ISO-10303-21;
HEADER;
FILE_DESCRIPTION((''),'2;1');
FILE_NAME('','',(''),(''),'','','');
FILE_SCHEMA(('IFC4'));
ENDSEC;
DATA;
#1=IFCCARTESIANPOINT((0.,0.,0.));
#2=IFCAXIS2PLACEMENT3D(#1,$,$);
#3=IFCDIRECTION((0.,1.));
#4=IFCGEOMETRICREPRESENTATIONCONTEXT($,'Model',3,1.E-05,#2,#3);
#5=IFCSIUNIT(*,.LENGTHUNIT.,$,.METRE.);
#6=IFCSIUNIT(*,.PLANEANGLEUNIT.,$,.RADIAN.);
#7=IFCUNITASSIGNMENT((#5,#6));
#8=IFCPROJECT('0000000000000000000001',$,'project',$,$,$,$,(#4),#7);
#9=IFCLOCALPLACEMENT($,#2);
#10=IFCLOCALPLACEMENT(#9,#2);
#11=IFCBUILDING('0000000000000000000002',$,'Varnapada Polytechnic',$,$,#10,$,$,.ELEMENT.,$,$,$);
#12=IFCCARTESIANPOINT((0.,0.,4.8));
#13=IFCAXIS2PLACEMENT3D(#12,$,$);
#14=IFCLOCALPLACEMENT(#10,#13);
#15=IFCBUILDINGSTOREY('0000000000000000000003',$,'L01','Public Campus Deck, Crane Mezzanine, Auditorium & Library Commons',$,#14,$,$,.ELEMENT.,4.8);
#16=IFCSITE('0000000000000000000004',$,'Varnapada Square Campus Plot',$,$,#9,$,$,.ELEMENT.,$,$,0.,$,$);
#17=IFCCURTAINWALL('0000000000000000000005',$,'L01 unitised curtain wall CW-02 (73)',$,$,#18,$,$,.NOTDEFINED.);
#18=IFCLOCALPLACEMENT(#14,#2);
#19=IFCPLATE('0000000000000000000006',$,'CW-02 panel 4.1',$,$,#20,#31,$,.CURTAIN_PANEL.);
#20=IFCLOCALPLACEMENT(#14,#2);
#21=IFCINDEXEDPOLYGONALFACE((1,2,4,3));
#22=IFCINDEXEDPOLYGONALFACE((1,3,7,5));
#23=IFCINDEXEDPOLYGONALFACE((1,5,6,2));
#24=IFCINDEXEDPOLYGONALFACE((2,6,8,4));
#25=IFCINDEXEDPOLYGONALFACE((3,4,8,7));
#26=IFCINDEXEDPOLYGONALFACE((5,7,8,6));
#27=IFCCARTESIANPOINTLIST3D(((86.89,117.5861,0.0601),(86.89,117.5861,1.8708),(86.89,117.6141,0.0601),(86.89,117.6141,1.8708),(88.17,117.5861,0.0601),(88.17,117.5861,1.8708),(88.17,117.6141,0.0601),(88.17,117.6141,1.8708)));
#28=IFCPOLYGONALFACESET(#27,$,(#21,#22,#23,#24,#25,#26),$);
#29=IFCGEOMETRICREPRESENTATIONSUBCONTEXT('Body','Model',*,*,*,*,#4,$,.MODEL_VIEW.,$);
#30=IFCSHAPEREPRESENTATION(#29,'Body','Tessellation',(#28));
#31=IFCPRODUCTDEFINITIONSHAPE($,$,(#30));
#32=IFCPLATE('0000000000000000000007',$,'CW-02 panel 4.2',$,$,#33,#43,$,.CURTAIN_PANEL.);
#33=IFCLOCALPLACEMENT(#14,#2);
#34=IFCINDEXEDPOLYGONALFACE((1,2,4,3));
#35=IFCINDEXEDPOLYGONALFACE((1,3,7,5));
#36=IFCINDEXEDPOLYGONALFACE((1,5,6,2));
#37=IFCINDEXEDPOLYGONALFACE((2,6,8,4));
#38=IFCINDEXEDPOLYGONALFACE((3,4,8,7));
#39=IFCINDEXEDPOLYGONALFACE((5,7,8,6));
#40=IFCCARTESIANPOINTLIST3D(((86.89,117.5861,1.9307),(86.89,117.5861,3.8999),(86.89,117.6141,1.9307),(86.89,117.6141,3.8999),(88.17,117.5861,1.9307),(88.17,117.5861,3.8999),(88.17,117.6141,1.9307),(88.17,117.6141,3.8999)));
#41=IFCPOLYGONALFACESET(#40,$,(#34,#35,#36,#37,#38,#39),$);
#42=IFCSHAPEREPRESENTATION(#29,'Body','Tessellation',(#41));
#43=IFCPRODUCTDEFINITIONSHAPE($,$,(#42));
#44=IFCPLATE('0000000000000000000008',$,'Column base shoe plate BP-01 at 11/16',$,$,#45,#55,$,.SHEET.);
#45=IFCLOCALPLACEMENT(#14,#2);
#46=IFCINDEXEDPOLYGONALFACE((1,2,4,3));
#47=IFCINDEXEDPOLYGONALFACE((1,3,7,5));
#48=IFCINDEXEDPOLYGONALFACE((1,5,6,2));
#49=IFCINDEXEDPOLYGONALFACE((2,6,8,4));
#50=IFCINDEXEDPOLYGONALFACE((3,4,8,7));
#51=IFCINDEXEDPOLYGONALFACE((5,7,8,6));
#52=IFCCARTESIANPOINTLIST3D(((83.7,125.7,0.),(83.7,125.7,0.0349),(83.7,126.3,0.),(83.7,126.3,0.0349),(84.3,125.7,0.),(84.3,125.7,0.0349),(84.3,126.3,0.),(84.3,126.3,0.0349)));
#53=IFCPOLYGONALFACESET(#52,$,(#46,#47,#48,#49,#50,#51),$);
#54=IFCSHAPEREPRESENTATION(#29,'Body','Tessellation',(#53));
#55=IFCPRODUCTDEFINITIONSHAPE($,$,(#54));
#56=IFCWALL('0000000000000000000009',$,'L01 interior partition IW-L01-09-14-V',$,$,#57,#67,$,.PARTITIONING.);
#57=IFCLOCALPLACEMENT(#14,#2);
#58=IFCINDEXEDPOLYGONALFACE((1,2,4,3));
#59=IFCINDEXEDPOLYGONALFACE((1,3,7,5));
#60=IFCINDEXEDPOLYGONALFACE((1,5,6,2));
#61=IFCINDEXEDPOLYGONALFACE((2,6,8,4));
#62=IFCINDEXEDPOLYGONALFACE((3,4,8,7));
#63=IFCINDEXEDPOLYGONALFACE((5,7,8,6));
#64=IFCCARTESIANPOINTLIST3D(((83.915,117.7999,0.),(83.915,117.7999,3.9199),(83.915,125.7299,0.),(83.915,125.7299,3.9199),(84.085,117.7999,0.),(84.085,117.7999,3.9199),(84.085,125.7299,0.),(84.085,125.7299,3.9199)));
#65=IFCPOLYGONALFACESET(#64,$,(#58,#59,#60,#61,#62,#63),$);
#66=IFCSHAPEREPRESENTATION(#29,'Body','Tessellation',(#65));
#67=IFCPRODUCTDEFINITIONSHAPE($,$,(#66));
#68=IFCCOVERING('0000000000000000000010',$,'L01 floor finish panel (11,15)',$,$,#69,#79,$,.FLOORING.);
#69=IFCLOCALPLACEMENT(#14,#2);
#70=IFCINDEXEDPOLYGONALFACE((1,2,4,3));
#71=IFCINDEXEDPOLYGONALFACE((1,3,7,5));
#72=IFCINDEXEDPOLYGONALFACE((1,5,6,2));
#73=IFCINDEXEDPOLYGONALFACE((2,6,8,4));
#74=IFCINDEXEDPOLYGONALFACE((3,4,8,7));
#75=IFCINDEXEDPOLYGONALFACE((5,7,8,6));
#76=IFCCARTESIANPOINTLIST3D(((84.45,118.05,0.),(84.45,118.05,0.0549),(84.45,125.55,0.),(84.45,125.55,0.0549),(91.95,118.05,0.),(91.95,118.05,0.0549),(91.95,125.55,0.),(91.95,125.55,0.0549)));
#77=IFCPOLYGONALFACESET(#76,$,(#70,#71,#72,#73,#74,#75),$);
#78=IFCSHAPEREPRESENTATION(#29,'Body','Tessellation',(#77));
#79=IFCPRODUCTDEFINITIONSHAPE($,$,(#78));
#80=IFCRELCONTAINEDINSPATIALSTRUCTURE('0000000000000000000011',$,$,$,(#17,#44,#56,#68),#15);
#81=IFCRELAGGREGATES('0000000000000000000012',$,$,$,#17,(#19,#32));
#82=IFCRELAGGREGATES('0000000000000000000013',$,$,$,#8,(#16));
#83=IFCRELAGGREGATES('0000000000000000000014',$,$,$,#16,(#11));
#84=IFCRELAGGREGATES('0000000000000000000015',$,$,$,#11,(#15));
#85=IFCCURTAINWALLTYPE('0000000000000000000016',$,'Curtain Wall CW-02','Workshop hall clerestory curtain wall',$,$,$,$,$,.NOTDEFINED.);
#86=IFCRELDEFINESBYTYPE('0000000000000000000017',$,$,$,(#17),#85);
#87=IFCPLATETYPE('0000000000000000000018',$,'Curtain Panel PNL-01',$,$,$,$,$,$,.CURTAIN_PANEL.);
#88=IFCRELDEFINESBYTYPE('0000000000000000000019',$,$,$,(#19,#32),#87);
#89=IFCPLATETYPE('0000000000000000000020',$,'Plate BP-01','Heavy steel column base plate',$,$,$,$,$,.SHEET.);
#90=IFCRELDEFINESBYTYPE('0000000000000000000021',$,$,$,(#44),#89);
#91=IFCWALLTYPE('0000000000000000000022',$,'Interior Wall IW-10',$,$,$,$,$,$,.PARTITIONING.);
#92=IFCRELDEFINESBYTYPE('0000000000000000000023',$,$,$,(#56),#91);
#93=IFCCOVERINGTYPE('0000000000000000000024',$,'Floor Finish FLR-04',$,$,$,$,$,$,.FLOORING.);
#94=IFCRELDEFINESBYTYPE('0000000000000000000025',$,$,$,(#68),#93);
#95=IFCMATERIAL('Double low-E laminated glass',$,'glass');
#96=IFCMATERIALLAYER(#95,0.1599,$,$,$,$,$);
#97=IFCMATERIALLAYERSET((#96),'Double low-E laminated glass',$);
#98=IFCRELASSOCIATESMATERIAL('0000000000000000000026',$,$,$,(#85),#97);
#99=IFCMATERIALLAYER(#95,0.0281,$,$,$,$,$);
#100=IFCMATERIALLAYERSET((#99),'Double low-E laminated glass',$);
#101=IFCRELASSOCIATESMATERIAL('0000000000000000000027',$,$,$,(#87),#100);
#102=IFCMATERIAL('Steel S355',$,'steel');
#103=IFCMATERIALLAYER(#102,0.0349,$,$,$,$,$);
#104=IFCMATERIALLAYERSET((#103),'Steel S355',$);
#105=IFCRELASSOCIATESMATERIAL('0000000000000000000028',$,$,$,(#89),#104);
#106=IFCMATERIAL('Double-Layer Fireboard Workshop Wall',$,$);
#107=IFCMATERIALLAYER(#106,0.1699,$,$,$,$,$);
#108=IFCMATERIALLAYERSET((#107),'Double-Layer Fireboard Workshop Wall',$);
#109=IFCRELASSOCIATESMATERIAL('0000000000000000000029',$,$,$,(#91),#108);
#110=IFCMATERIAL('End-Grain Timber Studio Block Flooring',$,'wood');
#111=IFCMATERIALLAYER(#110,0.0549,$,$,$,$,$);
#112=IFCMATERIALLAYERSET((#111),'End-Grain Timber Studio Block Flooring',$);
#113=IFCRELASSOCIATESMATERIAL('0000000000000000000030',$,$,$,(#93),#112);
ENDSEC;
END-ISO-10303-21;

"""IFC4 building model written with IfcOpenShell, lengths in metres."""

from ifc_helpers import new_model, si_unit, direction, frame, frame_2d, origin, origin_2d, place, context, subcontext, project, spatial, rectangle, extrude, material, layer, layer_set, type_object, element, aggregate, save


model = new_model("IFC4")

# Units and contexts
model_context = context("Model", 3, precision=1e-05, world=origin(), true_north=direction((0.0, 1.0)))
body_context = subcontext(model_context, "Body", "Model", "MODEL_VIEW")
ifc_project = project(units=[si_unit("LENGTHUNIT", "METRE"), si_unit("PLANEANGLEUNIT", "RADIAN")], contexts=[model_context])

# Site, building, storey
site_placement = place(None, origin())
site = spatial("IfcSite", under=ifc_project, at=site_placement, Name="Varnapada Square Campus Plot", CompositionType="ELEMENT", RefElevation=0.0)
building_placement = place(site_placement, origin())
building = spatial("IfcBuilding", under=site, at=building_placement, Name="Varnapada Polytechnic", CompositionType="ELEMENT")
storey_placement = place(building_placement, frame((0.0, 0.0, 4.8)))
storey = spatial("IfcBuildingStorey", under=building, at=storey_placement, Name="L01", Description="Public Campus Deck, Crane Mezzanine, Auditorium & Library Commons", CompositionType="ELEMENT", Elevation=4.8)

# Shared definitions
ifc_material_1 = material(Name="Steel S355", Category="steel")

# Shared definitions
ifc_material_2 = material(Name="Double low-E laminated glass", Category="glass")
ifc_layer_1 = layer(ifc_material_2, 0.1599)
ifc_layer_set_1 = layer_set([ifc_layer_1], Name="Double low-E laminated glass")
curtain_wall_type = type_object("IfcCurtainWallType", Name="Curtain Wall CW-02", Description="Workshop hall clerestory curtain wall", PredefinedType="NOTDEFINED", material=ifc_layer_set_1)

# Curtain wall
curtain_wall_1_placement = place(storey_placement, origin())
curtain_wall_1 = element("IfcCurtainWall", 1, at=curtain_wall_1_placement, inside=storey, type_object=curtain_wall_type, Name="L01 unitised curtain wall CW-02 (73)", PredefinedType="NOTDEFINED")

# Plates
ifc_layer_2 = layer(ifc_material_2, 0.0281)
ifc_layer_set_2 = layer_set([ifc_layer_2], Name="Double low-E laminated glass")
plate_type_1 = type_object("IfcPlateType", Name="Curtain Panel PNL-01", PredefinedType="CURTAIN_PANEL", material=ifc_layer_set_2)
plate_1_placement = place(storey_placement, frame((87.53, 117.6001, 0.0601), z_axis=(0.0, 0.0, 1.0), x_axis=(-1.0, 0.0, 0.0)))
plate_1 = element("IfcPlate", 2, at=plate_1_placement, type_object=plate_type_1, Name="CW-02 panel 4.1", PredefinedType="CURTAIN_PANEL", context=body_context, shape_type="SweptSolid", body=[
    extrude(rectangle(XDim=1.28, YDim=0.0281, at=origin_2d()), origin(), (0.0, 0.0, 1.0), 1.8108),
])
plate_2_placement = place(storey_placement, frame((87.53, 117.6001, 1.9307), z_axis=(0.0, 0.0, 1.0), x_axis=(-1.0, 0.0, 0.0)))
plate_2 = element("IfcPlate", 3, at=plate_2_placement, type_object=plate_type_1, Name="CW-02 panel 4.2", PredefinedType="CURTAIN_PANEL", context=body_context, shape_type="SweptSolid", body=[
    extrude(rectangle(XDim=1.28, YDim=0.0281, at=origin_2d()), origin(), (0.0, 0.0, 1.0), 1.9692),
])
aggregate(curtain_wall_1, [plate_1, plate_2])
ifc_layer_3 = layer(ifc_material_1, 0.0349)
ifc_layer_set_3 = layer_set([ifc_layer_3], Name="Steel S355")
plate_type_2 = type_object("IfcPlateType", Name="Plate BP-01", Description="Heavy steel column base plate", PredefinedType="SHEET", material=ifc_layer_set_3)
plate_3_placement = place(storey_placement, frame((84.0, 126.0, 0.0), z_axis=(0.0, 0.0, 1.0), x_axis=(1.0, 0.0, 0.0)))
element("IfcPlate", 4, at=plate_3_placement, inside=storey, type_object=plate_type_2, Name="Column base shoe plate BP-01 at 11/16", PredefinedType="SHEET", context=body_context, shape_type="SweptSolid", body=[
    extrude(rectangle(XDim=0.6001, YDim=0.6001, at=origin_2d()), origin(), (0.0, 0.0, 1.0), 0.0349),
])

# Wall
ifc_material_3 = material(Name="Double-Layer Fireboard Workshop Wall")
ifc_layer_4 = layer(ifc_material_3, 0.1699)
ifc_layer_set_4 = layer_set([ifc_layer_4], Name="Double-Layer Fireboard Workshop Wall")
wall_type = type_object("IfcWallType", Name="Interior Wall IW-10", PredefinedType="PARTITIONING", material=ifc_layer_set_4)
wall_placement = place(storey_placement, frame((84.0, 117.8, 0.0), z_axis=(0.0, 0.0, 1.0), x_axis=(0.0, 1.0, 0.0)))
element("IfcWall", 5, at=wall_placement, inside=storey, type_object=wall_type, Name="L01 interior partition IW-L01-09-14-V", PredefinedType="PARTITIONING", context=body_context, shape_type="SweptSolid", body=[
    extrude(rectangle(XDim=7.9299, YDim=0.1699, at=frame_2d((3.9648, 0.0))), origin(), (0.0, 0.0, 1.0), 3.9199),
])

# Covering
ifc_material_4 = material(Name="End-Grain Timber Studio Block Flooring", Category="wood")
ifc_layer_5 = layer(ifc_material_4, 0.0549)
ifc_layer_set_5 = layer_set([ifc_layer_5], Name="End-Grain Timber Studio Block Flooring")
covering_type = type_object("IfcCoveringType", Name="Floor Finish FLR-04", PredefinedType="FLOORING", material=ifc_layer_set_5)
covering_placement = place(storey_placement, frame((88.2, 121.8, 0.0), z_axis=(0.0, 0.0, 1.0), x_axis=(1.0, 0.0, 0.0)))
element("IfcCovering", 6, at=covering_placement, inside=storey, type_object=covering_type, Name="L01 floor finish panel (11,15)", PredefinedType="FLOORING", context=body_context, shape_type="SweptSolid", body=[
    extrude(rectangle(XDim=7.5, YDim=7.5, at=origin_2d()), origin(), (0.0, 0.0, 1.0), 0.0549),
])

save(model, "model.ifc")
